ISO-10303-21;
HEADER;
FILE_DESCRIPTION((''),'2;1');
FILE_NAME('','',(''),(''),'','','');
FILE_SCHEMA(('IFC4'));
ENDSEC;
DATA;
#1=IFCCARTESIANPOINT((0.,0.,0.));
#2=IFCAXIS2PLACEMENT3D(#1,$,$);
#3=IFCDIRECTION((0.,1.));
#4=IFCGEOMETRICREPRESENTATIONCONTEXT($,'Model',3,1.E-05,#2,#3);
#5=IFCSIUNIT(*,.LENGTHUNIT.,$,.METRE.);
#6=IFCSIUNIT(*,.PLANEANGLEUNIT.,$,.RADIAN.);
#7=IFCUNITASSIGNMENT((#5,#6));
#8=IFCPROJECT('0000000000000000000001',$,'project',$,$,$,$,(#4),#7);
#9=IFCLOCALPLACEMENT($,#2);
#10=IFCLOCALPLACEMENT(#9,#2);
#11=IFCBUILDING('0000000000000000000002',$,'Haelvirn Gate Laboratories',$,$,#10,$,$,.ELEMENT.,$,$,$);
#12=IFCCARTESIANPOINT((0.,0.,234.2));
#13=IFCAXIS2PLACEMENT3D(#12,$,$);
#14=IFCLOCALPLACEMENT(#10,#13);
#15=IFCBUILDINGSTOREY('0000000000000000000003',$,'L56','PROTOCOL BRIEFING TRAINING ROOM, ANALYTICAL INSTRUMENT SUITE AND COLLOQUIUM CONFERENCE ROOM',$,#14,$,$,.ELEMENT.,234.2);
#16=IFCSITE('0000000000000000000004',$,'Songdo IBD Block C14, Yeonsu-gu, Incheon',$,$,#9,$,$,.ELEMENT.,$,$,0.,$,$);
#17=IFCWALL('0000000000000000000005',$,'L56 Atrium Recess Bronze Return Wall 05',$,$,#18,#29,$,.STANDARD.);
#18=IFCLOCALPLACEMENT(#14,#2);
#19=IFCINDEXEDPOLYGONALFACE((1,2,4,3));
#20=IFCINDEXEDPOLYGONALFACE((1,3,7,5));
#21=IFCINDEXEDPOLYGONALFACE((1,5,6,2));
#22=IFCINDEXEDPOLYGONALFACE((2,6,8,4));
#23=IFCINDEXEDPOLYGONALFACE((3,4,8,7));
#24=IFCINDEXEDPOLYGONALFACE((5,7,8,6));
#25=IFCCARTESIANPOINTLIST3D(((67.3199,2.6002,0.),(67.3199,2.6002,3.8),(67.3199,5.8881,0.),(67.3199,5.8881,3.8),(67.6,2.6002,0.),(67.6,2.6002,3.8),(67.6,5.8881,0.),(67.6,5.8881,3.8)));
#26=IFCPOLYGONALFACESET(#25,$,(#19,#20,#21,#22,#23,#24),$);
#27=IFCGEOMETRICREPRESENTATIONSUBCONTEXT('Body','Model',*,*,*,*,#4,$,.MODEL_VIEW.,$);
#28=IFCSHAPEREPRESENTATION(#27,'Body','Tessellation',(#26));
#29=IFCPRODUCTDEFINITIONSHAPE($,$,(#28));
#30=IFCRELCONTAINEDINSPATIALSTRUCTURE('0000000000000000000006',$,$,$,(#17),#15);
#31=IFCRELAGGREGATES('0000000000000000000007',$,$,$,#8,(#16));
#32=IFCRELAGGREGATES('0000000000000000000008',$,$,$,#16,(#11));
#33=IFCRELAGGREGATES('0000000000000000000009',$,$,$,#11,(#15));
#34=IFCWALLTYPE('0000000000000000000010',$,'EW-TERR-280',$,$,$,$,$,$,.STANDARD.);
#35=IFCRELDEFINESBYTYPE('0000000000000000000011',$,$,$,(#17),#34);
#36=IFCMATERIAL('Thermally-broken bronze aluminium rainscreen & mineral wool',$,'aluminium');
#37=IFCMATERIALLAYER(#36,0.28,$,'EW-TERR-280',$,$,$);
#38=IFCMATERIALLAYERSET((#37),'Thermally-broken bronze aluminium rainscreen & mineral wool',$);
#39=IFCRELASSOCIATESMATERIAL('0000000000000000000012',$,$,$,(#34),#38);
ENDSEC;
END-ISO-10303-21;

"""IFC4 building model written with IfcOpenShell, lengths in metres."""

from ifc_helpers import new_model, si_unit, direction, frame, frame_2d, origin, place, context, subcontext, project, spatial, rectangle, extrude, material, layer, layer_set, type_object, element, save


model = new_model("IFC4")

# Units and contexts
model_context = context("Model", 3, precision=1e-05, world=origin(), true_north=direction((0.0, 1.0)))
body_context = subcontext(model_context, "Body", "Model", "MODEL_VIEW")
ifc_project = project(units=[si_unit("LENGTHUNIT", "METRE"), si_unit("PLANEANGLEUNIT", "RADIAN")], contexts=[model_context])

# Site, building, storey
site_placement = place(None, origin())
site = spatial("IfcSite", under=ifc_project, at=site_placement, Name="Songdo IBD Block C14, Yeonsu-gu, Incheon", CompositionType="ELEMENT", RefElevation=0.0)
building_placement = place(site_placement, origin())
building = spatial("IfcBuilding", under=site, at=building_placement, Name="Haelvirn Gate Laboratories", CompositionType="ELEMENT")
storey_placement = place(building_placement, frame((0.0, 0.0, 234.2)))
storey = spatial("IfcBuildingStorey", under=building, at=storey_placement, Name="L56", Description="PROTOCOL BRIEFING TRAINING ROOM, ANALYTICAL INSTRUMENT SUITE AND COLLOQUIUM CONFERENCE ROOM", CompositionType="ELEMENT", Elevation=234.2)

# Wall
ifc_material_1 = material(Name="Thermally-broken bronze aluminium rainscreen & mineral wool", Category="aluminium")
ifc_layer_1 = layer(ifc_material_1, 0.28, Name="EW-TERR-280")
ifc_layer_set_1 = layer_set([ifc_layer_1], Name="Thermally-broken bronze aluminium rainscreen & mineral wool")
wall_type = type_object("IfcWallType", Name="EW-TERR-280", PredefinedType="STANDARD", material=ifc_layer_set_1)
wall_placement = place(storey_placement, frame((67.46, 2.6001, 0.0), z_axis=(0.0, 0.0, 1.0), x_axis=(0.0, 1.0, 0.0)))
element("IfcWall", 1, at=wall_placement, inside=storey, type_object=wall_type, Name="L56 Atrium Recess Bronze Return Wall 05", PredefinedType="STANDARD", context=body_context, shape_type="SweptSolid", body=[
    extrude(rectangle(XDim=3.2878, YDim=0.28, at=frame_2d((1.644, 0.0))), origin(), (0.0, 0.0, 1.0), 3.8),
])

save(model, "model.ifc")
